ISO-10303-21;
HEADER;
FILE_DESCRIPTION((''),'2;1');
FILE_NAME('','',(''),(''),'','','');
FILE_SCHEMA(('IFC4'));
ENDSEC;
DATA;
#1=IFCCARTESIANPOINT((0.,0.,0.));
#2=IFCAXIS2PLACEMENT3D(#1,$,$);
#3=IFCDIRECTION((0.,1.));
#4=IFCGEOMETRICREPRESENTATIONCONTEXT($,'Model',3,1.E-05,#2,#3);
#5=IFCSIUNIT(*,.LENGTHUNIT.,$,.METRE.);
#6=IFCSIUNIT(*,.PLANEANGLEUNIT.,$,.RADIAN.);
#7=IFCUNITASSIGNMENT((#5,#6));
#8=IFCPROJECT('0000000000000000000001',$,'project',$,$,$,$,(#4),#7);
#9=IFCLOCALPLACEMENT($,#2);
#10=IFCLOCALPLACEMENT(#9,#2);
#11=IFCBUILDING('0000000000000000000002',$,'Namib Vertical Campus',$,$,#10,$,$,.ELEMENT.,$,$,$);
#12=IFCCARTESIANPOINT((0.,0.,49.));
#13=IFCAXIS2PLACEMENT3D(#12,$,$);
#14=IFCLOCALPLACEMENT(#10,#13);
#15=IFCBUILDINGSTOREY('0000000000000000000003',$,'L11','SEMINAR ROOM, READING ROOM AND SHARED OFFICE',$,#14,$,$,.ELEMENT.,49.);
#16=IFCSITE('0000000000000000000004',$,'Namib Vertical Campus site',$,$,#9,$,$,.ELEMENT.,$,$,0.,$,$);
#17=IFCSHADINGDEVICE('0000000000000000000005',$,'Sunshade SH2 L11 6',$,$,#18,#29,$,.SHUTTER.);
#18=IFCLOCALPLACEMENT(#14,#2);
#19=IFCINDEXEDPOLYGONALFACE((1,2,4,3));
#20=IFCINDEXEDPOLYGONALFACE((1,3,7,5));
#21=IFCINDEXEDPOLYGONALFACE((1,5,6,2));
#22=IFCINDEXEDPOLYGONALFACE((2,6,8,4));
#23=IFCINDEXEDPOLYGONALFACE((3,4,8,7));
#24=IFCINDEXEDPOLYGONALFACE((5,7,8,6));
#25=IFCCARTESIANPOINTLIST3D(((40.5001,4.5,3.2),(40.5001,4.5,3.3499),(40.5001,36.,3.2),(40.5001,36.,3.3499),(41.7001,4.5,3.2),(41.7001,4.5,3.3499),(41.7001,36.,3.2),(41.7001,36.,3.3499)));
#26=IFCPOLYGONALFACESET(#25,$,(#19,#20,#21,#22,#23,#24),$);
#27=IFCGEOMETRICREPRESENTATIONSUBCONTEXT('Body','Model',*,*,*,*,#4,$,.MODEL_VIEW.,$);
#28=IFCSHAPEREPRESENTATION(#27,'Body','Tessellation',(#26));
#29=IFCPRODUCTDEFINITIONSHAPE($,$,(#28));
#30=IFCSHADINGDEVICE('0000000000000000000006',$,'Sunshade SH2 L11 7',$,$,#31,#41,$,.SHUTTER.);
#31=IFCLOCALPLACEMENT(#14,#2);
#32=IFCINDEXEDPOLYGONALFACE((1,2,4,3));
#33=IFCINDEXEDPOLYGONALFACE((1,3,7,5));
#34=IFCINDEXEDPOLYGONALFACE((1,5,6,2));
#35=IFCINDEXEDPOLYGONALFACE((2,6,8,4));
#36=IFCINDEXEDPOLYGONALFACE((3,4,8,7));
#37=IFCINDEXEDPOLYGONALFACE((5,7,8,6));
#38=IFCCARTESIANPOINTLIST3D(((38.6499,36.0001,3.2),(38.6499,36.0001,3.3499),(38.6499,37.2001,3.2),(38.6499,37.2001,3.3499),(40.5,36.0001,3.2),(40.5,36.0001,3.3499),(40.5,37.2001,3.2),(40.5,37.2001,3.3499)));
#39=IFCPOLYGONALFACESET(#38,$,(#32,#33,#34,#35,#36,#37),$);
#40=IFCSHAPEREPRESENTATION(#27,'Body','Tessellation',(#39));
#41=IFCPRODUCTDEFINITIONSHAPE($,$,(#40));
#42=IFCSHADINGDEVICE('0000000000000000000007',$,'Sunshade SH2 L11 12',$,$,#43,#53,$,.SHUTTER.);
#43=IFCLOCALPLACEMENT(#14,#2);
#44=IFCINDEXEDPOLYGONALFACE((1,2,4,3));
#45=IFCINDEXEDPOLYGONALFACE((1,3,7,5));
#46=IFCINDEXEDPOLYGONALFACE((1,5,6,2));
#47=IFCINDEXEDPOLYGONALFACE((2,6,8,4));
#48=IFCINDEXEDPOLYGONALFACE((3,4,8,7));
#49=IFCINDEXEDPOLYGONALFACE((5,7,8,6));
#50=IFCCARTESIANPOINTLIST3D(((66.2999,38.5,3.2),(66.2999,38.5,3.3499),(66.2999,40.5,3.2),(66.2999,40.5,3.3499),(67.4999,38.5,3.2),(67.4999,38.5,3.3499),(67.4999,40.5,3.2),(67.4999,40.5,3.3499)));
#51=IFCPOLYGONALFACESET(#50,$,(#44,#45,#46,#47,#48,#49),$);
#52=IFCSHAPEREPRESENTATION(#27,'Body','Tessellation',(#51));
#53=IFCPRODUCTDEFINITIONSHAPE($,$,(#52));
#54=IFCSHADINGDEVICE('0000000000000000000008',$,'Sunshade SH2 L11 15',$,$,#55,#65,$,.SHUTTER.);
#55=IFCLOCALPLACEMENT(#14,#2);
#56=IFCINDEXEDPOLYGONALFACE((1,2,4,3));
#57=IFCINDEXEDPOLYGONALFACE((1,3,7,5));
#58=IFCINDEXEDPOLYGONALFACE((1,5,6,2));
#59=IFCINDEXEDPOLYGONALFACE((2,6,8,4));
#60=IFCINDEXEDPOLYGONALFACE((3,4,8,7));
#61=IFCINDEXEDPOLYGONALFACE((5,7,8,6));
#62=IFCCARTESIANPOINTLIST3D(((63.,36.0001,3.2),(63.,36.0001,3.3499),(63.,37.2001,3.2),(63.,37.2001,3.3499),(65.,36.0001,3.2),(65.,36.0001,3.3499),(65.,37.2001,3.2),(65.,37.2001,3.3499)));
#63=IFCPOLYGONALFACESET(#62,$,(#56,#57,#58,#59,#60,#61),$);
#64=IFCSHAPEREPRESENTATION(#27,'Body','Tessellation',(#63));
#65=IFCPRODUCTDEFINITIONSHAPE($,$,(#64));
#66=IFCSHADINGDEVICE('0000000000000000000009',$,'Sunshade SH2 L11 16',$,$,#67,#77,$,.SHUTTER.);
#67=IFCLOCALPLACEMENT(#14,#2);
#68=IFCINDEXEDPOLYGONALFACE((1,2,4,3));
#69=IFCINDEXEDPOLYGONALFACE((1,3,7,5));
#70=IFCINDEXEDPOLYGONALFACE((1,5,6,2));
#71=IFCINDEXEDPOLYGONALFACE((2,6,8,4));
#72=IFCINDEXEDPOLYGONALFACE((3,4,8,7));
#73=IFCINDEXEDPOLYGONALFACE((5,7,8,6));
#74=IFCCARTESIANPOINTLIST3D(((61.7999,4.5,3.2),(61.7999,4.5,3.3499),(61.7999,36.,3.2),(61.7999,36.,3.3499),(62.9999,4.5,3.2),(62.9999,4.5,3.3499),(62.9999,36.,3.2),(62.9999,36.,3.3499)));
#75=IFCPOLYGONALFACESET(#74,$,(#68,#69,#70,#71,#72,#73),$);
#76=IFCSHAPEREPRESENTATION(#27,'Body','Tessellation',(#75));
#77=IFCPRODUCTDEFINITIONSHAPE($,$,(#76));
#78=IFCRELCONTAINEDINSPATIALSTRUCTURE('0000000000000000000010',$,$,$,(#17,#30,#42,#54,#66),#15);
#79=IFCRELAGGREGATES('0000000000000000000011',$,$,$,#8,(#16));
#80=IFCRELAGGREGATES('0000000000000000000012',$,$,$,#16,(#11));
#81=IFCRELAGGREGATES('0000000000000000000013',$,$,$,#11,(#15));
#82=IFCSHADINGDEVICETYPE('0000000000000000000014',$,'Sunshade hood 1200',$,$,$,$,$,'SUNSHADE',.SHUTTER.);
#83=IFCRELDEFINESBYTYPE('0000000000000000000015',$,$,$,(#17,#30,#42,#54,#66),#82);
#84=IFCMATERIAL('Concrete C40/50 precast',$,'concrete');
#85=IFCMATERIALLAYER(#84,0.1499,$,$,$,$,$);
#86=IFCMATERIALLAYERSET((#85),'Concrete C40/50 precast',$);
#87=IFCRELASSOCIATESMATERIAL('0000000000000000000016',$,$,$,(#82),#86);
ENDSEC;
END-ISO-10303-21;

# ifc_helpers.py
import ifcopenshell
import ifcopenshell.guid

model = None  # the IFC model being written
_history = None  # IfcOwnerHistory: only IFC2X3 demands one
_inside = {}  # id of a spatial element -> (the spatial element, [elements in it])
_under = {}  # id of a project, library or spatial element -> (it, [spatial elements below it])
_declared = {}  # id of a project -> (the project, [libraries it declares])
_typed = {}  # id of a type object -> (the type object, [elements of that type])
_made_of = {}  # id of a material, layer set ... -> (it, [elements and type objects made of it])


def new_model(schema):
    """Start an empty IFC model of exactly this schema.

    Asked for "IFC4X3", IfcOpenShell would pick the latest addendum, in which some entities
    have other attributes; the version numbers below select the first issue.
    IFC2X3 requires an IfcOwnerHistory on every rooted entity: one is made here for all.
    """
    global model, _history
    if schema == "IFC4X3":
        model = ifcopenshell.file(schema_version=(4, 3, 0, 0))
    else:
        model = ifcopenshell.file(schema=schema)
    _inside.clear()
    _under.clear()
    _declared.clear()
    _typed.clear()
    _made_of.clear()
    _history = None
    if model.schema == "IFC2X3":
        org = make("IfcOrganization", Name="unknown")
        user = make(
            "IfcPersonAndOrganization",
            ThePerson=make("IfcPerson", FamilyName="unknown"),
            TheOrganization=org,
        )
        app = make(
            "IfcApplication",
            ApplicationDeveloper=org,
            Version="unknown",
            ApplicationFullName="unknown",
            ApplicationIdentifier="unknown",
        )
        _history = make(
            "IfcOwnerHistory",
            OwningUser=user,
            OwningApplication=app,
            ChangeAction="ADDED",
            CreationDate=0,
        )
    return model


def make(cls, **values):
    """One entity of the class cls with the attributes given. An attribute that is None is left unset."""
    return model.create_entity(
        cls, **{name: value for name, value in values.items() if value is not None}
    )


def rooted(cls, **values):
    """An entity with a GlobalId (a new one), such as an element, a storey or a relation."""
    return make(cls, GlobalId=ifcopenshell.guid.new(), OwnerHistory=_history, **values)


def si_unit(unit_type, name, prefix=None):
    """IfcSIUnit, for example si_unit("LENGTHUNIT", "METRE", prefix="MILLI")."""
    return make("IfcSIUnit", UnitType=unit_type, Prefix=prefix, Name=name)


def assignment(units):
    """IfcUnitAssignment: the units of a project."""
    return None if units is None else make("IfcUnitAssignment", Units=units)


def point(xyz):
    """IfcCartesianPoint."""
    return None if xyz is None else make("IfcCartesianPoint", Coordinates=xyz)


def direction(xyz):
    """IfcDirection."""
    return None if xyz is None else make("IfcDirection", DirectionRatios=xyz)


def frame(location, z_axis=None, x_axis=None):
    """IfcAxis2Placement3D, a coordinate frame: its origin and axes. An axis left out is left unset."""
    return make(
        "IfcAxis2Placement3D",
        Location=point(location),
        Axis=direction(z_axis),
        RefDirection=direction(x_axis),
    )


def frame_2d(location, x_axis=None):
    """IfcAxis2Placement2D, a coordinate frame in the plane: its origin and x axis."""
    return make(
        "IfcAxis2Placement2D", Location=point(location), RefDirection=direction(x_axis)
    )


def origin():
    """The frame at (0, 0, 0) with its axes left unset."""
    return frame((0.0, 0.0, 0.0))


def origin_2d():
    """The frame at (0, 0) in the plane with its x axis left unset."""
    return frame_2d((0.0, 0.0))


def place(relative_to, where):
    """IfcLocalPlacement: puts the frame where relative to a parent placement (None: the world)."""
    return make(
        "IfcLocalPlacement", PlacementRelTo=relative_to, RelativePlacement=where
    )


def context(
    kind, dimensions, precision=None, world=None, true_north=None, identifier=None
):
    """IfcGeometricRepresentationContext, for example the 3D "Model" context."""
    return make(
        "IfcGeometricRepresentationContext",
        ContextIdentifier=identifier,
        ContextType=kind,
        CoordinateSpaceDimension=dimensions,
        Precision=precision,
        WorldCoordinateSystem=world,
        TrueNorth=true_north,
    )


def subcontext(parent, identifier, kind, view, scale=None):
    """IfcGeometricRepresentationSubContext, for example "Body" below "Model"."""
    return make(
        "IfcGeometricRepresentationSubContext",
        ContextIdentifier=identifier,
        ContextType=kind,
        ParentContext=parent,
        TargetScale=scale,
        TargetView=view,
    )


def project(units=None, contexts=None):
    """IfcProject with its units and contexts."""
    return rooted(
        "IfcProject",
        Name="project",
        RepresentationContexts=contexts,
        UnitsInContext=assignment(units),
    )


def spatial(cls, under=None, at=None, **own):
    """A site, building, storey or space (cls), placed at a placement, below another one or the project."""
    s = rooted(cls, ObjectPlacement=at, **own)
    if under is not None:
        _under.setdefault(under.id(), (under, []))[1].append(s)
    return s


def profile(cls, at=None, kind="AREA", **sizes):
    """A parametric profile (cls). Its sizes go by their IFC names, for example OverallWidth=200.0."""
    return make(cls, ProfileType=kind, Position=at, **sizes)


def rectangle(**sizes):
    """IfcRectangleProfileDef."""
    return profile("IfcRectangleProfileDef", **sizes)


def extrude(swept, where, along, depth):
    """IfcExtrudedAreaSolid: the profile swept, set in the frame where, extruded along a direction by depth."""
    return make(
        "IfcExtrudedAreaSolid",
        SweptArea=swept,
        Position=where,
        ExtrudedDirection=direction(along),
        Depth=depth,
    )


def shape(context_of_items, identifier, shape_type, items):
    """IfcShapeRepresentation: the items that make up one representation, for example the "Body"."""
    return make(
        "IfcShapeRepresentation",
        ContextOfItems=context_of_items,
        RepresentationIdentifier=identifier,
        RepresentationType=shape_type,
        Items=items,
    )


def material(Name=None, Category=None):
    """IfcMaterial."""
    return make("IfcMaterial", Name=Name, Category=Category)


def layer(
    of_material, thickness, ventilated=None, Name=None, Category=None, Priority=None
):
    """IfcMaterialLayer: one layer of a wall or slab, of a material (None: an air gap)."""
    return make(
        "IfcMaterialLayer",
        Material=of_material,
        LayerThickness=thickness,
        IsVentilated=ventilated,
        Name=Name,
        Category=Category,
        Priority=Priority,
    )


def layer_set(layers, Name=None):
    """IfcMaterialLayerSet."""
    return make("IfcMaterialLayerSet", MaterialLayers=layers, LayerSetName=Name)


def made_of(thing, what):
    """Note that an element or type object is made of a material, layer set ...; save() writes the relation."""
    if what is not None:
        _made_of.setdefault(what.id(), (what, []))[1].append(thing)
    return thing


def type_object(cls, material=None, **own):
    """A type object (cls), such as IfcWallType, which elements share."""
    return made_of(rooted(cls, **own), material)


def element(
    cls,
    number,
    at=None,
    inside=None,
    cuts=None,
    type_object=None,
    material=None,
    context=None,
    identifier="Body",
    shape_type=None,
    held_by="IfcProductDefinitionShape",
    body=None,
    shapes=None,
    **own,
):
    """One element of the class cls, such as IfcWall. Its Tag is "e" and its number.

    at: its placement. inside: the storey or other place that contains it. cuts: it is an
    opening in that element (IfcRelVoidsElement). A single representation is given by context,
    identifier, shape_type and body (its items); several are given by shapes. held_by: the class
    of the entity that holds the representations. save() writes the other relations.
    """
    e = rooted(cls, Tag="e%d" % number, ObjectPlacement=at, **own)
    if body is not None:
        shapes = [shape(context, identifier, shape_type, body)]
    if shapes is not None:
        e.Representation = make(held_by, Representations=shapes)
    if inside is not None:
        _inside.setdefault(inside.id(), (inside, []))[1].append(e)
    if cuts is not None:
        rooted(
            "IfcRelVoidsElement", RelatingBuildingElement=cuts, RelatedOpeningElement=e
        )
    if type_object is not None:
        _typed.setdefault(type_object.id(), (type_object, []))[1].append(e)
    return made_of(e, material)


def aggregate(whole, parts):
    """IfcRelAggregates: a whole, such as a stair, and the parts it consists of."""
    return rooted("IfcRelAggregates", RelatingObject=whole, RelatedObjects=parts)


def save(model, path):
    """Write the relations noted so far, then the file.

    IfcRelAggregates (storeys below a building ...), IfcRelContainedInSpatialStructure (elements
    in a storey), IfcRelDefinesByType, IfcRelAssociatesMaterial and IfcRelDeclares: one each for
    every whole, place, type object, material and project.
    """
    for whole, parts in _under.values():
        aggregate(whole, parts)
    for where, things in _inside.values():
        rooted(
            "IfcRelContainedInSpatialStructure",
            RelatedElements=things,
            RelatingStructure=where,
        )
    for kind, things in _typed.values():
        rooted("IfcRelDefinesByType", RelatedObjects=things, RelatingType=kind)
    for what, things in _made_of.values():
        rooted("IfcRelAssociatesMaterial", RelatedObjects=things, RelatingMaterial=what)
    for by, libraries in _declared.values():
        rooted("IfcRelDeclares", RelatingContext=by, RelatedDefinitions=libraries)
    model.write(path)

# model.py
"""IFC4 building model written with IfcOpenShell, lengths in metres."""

from ifc_helpers import new_model, si_unit, direction, frame, origin, origin_2d, place, context, subcontext, project, spatial, rectangle, extrude, material, layer, layer_set, type_object, element, save


model = new_model("IFC4")

# Units and contexts
model_context = context("Model", 3, precision=1e-05, world=origin(), true_north=direction((0.0, 1.0)))
body_context = subcontext(model_context, "Body", "Model", "MODEL_VIEW")
ifc_project = project(units=[si_unit("LENGTHUNIT", "METRE"), si_unit("PLANEANGLEUNIT", "RADIAN")], contexts=[model_context])

# Site, building, storey
site_placement = place(None, origin())
site = spatial("IfcSite", under=ifc_project, at=site_placement, Name="Namib Vertical Campus site", CompositionType="ELEMENT", RefElevation=0.0)
building_placement = place(site_placement, origin())
building = spatial("IfcBuilding", under=site, at=building_placement, Name="Namib Vertical Campus", CompositionType="ELEMENT")
storey_placement = place(building_placement, frame((0.0, 0.0, 49.0)))
storey = spatial("IfcBuildingStorey", under=building, at=storey_placement, Name="L11", Description="SEMINAR ROOM, READING ROOM AND SHARED OFFICE", CompositionType="ELEMENT", Elevation=49.0)

# Shading devices
ifc_material_1 = material(Name="Concrete C40/50 precast", Category="concrete")
ifc_layer_1 = layer(ifc_material_1, 0.1499)
ifc_layer_set_1 = layer_set([ifc_layer_1], Name="Concrete C40/50 precast")
shading_device_type = type_object("IfcShadingDeviceType", Name="Sunshade hood 1200", ElementType="SUNSHADE", PredefinedType="SHUTTER", material=ifc_layer_set_1)
shading_device_1_placement = place(storey_placement, frame((41.1001, 20.25, 3.2), z_axis=(0.0, 0.0, 1.0), x_axis=(0.0, 1.0, 0.0)))
element("IfcShadingDevice", 1, at=shading_device_1_placement, inside=storey, type_object=shading_device_type, Name="Sunshade SH2 L11 6", PredefinedType="SHUTTER", context=body_context, shape_type="SweptSolid", body=[
    extrude(rectangle(XDim=31.5, YDim=1.2, at=origin_2d()), origin(), (0.0, 0.0, 1.0), 0.1499),
])
shading_device_2_placement = place(storey_placement, frame((39.575, 36.6001, 3.2), z_axis=(0.0, 0.0, 1.0), x_axis=(-1.0, 0.0, 0.0)))
element("IfcShadingDevice", 2, at=shading_device_2_placement, inside=storey, type_object=shading_device_type, Name="Sunshade SH2 L11 7", PredefinedType="SHUTTER", context=body_context, shape_type="SweptSolid", body=[
    extrude(rectangle(XDim=1.8501, YDim=1.2, at=origin_2d()), origin(), (0.0, 0.0, 1.0), 0.1499),
])
for number, where, z_axis, x_axis, name in (
    (3, (66.8999, 39.5, 3.2), (0.0, 0.0, 1.0), (0.0, -1.0, 0.0), "Sunshade SH2 L11 12"),
    (4, (64.0, 36.6001, 3.2), (0.0, 0.0, 1.0), (-1.0, 0.0, 0.0), "Sunshade SH2 L11 15"),
):
    element("IfcShadingDevice", number, at=place(storey_placement, frame(where, z_axis=z_axis, x_axis=x_axis)), inside=storey, type_object=shading_device_type, Name=name, PredefinedType="SHUTTER", context=body_context, shape_type="SweptSolid", body=[
        extrude(rectangle(XDim=2.0, YDim=1.2, at=origin_2d()), origin(), (0.0, 0.0, 1.0), 0.1499),
    ])
shading_device_3_placement = place(storey_placement, frame((62.3999, 20.25, 3.2), z_axis=(0.0, 0.0, 1.0), x_axis=(0.0, -1.0, 0.0)))
element("IfcShadingDevice", 5, at=shading_device_3_placement, inside=storey, type_object=shading_device_type, Name="Sunshade SH2 L11 16", PredefinedType="SHUTTER", context=body_context, shape_type="SweptSolid", body=[
    extrude(rectangle(XDim=31.5, YDim=1.2, at=origin_2d()), origin(), (0.0, 0.0, 1.0), 0.1499),
])

save(model, "model.ifc")
